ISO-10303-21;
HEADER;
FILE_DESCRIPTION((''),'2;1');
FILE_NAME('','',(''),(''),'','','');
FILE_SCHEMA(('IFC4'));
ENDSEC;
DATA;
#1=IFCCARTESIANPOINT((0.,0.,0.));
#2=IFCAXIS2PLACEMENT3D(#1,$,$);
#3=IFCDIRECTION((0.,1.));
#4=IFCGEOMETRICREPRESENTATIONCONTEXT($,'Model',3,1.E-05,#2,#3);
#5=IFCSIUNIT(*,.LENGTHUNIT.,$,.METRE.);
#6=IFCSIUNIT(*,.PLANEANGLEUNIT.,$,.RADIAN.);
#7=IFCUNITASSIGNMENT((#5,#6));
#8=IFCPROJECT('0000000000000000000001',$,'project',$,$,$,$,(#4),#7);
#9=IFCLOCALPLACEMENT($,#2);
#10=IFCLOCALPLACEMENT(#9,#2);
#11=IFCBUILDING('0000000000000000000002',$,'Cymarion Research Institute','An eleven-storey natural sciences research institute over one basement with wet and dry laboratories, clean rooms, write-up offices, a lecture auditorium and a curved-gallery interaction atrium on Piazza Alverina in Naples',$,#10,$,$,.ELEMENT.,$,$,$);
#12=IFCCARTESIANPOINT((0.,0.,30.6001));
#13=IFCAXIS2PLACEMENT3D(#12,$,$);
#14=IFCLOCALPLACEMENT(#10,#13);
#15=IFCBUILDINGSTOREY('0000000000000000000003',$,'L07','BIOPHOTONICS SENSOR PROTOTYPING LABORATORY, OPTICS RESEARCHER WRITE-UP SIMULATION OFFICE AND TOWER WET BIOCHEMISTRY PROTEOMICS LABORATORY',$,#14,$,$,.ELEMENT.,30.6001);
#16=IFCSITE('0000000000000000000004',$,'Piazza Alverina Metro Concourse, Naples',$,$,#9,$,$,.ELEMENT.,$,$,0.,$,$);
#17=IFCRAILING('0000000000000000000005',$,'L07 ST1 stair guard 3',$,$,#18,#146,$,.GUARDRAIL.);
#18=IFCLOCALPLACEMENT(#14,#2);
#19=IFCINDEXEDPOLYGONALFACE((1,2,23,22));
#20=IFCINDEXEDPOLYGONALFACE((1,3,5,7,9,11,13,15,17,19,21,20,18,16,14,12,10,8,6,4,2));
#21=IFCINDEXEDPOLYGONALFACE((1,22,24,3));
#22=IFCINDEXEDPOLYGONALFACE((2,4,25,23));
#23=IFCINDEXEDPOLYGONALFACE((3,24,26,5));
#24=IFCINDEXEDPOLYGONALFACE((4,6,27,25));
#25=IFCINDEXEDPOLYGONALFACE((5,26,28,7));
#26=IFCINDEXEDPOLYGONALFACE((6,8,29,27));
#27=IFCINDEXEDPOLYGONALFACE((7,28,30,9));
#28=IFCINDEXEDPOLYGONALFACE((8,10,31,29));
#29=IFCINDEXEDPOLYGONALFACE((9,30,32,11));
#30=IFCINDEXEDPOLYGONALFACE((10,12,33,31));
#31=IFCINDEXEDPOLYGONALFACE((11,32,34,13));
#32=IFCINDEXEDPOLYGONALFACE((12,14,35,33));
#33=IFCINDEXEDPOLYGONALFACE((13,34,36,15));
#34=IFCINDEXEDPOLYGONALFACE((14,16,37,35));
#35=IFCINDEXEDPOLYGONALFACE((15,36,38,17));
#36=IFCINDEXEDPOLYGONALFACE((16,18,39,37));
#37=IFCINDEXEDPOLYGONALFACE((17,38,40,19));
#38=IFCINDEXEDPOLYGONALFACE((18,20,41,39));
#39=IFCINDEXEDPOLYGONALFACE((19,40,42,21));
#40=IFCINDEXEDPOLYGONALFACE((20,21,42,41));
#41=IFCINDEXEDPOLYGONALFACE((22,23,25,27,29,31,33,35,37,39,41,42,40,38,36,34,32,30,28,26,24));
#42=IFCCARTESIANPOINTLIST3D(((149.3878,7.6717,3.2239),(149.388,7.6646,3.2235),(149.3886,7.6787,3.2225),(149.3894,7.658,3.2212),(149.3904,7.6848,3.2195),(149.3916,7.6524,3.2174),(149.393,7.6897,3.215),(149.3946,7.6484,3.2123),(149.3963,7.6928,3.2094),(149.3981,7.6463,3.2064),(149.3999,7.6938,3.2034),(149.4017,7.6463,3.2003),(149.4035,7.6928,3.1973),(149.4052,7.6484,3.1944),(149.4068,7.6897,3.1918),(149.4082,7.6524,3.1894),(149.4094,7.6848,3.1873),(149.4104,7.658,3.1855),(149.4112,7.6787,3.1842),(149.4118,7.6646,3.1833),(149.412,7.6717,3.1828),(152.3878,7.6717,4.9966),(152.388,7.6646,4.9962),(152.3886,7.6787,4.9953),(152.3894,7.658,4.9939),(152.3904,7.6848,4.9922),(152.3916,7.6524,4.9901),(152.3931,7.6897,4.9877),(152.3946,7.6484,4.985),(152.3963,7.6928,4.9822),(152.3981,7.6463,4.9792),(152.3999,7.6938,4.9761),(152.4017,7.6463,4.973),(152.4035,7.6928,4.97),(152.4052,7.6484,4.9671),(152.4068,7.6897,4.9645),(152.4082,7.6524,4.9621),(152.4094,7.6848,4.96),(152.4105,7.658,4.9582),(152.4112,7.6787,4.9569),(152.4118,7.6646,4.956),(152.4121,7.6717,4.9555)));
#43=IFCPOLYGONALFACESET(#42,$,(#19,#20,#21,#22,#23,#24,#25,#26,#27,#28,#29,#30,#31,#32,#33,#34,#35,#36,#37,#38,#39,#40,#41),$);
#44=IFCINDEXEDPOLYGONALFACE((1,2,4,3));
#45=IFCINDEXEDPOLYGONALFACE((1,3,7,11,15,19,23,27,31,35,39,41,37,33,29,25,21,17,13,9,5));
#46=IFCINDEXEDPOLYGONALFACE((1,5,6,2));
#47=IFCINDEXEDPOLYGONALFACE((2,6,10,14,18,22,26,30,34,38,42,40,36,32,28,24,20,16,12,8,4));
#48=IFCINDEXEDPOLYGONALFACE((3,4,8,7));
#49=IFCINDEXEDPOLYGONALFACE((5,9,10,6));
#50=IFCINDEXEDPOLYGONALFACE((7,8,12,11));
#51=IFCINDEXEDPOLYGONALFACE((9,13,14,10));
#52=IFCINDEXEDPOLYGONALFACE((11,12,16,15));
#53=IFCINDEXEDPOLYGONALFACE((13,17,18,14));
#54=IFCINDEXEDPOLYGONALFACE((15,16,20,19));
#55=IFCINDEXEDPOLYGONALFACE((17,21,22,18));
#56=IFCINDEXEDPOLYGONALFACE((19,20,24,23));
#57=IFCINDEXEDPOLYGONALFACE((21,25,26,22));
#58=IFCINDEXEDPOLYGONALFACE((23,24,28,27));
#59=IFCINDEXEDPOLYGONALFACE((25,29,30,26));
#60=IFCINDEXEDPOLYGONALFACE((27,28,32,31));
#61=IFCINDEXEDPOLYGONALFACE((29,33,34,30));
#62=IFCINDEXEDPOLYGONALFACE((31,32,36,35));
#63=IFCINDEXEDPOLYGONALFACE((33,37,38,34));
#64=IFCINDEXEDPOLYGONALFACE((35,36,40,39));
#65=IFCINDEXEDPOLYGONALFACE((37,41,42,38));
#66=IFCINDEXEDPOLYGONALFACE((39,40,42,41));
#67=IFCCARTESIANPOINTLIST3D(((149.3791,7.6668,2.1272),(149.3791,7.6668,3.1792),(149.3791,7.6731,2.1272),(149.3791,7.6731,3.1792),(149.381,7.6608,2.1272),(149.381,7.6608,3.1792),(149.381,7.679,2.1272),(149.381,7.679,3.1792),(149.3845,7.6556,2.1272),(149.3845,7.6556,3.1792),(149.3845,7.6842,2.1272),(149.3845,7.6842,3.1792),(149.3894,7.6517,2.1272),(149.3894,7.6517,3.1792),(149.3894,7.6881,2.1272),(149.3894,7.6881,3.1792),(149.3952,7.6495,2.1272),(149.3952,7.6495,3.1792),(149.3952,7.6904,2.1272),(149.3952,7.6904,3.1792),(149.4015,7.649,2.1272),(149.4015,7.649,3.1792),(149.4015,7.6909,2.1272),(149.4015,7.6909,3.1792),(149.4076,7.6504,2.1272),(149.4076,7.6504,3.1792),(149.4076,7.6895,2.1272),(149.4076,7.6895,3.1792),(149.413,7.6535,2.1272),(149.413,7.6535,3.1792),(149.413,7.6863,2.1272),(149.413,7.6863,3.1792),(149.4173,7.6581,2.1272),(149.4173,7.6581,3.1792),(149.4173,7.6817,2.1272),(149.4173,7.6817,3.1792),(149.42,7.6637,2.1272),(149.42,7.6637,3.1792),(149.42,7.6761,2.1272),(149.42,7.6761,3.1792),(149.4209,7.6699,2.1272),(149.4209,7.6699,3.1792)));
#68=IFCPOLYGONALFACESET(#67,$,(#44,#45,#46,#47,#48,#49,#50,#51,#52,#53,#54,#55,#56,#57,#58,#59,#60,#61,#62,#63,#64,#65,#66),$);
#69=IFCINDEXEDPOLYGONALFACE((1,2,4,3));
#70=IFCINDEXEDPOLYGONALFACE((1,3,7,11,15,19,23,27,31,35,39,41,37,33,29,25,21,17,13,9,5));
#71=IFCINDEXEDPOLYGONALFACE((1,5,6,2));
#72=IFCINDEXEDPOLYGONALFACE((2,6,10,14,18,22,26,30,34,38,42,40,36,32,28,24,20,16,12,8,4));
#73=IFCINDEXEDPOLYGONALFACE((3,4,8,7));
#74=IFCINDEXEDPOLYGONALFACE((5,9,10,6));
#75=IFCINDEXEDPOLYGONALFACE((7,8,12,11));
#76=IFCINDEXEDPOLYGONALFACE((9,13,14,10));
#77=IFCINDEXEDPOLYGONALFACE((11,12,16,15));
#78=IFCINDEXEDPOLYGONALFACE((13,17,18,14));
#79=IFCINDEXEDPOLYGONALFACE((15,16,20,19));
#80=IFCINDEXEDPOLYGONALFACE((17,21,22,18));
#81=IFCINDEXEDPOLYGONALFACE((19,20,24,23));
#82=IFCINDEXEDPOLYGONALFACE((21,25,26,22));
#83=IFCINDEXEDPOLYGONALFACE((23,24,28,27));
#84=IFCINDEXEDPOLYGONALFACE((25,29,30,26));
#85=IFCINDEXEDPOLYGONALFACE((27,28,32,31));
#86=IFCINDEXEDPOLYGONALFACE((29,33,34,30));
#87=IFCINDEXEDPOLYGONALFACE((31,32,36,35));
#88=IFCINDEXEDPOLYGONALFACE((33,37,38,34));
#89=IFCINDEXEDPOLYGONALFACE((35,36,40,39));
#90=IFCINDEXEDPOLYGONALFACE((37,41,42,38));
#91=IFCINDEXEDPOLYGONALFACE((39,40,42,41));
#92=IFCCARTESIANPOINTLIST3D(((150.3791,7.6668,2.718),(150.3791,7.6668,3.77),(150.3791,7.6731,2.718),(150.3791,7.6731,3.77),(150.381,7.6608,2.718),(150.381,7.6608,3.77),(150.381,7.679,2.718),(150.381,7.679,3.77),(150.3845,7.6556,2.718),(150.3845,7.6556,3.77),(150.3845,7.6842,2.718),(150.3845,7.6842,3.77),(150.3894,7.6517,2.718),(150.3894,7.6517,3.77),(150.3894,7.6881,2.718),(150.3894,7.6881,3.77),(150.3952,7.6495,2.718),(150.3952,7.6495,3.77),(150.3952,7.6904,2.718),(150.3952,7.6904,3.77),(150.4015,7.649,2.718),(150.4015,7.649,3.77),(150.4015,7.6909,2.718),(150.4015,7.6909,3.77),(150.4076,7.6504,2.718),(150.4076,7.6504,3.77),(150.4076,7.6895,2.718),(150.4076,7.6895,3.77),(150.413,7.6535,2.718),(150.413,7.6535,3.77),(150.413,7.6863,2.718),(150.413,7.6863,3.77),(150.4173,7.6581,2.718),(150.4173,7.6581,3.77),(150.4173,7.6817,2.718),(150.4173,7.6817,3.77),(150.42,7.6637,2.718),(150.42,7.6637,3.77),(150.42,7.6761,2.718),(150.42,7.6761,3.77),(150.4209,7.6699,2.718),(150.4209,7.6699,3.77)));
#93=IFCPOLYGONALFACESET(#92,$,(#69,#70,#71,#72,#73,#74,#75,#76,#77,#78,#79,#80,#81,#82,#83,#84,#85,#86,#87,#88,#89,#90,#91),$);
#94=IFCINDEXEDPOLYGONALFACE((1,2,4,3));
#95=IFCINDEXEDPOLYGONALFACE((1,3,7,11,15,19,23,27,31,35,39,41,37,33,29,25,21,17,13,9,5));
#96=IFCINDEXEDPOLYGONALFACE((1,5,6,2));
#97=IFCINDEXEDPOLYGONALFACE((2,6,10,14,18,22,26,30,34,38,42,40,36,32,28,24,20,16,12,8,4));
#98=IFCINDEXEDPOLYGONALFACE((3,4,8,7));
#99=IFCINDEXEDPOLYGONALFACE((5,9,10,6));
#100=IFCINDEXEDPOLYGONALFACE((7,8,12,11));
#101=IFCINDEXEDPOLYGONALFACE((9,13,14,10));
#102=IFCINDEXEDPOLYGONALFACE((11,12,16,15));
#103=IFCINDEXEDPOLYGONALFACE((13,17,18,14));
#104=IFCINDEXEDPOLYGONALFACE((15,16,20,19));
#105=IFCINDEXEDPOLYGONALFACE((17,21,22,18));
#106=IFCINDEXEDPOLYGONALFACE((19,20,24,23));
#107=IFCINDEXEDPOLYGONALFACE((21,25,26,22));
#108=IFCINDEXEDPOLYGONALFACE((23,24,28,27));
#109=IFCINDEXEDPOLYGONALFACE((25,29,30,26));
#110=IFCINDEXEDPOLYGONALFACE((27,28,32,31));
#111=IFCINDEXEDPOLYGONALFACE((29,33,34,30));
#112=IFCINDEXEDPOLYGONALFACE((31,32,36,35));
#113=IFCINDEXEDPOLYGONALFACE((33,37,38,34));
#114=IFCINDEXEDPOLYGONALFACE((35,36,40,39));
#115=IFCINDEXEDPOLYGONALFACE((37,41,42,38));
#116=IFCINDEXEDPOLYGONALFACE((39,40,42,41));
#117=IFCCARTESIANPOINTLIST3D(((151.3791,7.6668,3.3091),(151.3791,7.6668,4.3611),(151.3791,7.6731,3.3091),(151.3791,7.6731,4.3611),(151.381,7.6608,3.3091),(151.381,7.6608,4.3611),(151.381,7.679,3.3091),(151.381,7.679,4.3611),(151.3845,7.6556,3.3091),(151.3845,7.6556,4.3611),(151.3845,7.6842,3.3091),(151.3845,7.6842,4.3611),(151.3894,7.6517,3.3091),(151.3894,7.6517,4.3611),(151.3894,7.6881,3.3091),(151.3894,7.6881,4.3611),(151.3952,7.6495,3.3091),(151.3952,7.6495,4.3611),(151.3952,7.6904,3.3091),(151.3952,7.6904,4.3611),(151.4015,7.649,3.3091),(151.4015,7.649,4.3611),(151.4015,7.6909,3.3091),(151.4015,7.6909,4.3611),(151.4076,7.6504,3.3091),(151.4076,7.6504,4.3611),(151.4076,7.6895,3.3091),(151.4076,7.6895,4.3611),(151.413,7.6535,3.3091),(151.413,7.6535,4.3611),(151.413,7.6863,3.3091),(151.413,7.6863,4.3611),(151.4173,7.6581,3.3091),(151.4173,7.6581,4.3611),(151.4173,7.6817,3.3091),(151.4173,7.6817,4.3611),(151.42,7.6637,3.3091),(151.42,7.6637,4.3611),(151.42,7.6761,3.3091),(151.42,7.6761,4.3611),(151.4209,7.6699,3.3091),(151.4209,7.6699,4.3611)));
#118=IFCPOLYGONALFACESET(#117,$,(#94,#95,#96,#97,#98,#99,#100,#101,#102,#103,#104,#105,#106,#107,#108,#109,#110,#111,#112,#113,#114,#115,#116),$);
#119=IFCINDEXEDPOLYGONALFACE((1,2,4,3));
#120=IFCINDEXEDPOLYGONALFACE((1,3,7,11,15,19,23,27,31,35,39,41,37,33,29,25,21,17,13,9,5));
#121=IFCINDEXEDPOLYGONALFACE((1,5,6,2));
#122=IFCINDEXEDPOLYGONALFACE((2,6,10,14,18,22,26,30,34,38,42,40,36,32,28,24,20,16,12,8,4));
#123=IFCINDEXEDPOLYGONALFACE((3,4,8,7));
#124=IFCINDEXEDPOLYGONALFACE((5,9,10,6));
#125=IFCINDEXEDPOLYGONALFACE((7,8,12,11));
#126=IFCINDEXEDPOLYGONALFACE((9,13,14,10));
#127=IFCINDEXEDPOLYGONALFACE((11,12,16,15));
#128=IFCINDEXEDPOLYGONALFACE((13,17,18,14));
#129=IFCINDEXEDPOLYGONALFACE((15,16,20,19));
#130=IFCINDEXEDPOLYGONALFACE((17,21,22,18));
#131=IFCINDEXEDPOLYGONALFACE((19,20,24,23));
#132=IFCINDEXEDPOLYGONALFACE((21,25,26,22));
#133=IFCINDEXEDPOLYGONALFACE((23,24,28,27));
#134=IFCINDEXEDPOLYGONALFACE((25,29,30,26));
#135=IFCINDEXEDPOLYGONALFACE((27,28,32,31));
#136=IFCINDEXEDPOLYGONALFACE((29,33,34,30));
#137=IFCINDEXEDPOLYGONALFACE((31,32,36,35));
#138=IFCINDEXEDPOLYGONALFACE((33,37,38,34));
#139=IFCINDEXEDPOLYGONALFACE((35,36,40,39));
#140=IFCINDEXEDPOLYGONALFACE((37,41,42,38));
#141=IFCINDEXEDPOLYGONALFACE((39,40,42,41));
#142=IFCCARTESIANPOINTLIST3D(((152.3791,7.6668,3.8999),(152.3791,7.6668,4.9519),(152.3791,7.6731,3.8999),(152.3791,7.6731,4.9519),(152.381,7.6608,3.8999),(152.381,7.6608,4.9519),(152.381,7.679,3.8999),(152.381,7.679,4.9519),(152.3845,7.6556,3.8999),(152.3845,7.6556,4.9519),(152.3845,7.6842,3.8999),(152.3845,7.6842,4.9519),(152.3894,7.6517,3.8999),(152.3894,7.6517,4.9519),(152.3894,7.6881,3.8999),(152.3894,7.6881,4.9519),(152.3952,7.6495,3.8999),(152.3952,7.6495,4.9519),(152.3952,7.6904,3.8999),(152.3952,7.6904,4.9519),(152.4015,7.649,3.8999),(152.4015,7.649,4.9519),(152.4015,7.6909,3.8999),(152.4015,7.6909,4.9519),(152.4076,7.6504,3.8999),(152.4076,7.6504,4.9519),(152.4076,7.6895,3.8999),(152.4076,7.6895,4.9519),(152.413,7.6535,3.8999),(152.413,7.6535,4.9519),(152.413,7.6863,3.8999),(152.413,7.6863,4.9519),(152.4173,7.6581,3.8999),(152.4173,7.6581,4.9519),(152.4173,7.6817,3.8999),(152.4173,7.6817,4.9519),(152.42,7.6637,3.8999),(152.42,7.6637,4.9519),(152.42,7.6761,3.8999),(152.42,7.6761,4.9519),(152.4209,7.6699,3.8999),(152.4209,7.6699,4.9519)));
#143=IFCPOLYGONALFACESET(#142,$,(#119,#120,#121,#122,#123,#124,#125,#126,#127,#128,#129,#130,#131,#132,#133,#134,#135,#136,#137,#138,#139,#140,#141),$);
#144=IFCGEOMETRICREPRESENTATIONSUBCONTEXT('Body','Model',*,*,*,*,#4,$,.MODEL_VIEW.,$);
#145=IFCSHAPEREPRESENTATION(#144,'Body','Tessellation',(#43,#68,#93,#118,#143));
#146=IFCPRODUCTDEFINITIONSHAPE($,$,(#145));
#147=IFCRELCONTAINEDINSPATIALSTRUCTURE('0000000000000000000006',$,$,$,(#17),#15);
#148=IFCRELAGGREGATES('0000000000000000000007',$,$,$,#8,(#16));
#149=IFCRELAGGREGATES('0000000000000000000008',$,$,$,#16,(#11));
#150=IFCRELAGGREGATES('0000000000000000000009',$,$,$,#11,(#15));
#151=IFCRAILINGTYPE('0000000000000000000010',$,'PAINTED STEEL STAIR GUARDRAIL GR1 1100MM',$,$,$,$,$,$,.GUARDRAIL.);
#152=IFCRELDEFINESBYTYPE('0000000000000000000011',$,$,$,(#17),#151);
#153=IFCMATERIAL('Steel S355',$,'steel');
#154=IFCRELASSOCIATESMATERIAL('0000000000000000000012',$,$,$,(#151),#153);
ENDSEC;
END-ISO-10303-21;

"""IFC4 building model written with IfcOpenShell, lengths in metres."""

from ifc_helpers import new_model, si_unit, direction, frame, origin, origin_2d, place, context, subcontext, project, spatial, circle, extrude, material, type_object, element, save


model = new_model("IFC4")

# Units and contexts
model_context = context("Model", 3, precision=1e-05, world=origin(), true_north=direction((0.0, 1.0)))
body_context = subcontext(model_context, "Body", "Model", "MODEL_VIEW")
ifc_project = project(units=[si_unit("LENGTHUNIT", "METRE"), si_unit("PLANEANGLEUNIT", "RADIAN")], contexts=[model_context])

# Site, building, storey
site_placement = place(None, origin())
site = spatial("IfcSite", under=ifc_project, at=site_placement, Name="Piazza Alverina Metro Concourse, Naples", CompositionType="ELEMENT", RefElevation=0.0)
building_placement = place(site_placement, origin())
building = spatial("IfcBuilding", under=site, at=building_placement, Name="Cymarion Research Institute", Description="An eleven-storey natural sciences research institute over one basement with wet and dry laboratories, clean rooms, write-up offices, a lecture auditorium and a curved-gallery interaction atrium on Piazza Alverina in Naples", CompositionType="ELEMENT")
storey_placement = place(building_placement, frame((0.0, 0.0, 30.6001)))
storey = spatial("IfcBuildingStorey", under=building, at=storey_placement, Name="L07", Description="BIOPHOTONICS SENSOR PROTOTYPING LABORATORY, OPTICS RESEARCHER WRITE-UP SIMULATION OFFICE AND TOWER WET BIOCHEMISTRY PROTEOMICS LABORATORY", CompositionType="ELEMENT", Elevation=30.6001)

# Shared definitions
ifc_material_1 = material(Name="Steel S355", Category="steel")

# Railing
railing_type_1 = type_object("IfcRailingType", Name="PAINTED STEEL STAIR GUARDRAIL GR1 1100MM", PredefinedType="GUARDRAIL", material=ifc_material_1)
railing_1_placement = place(storey_placement, frame((149.3999, 7.6699, 2.1272)))
element("IfcRailing", 1, at=railing_1_placement, inside=storey, type_object=railing_type_1, Name="L07 ST1 stair guard 3", PredefinedType="GUARDRAIL", context=body_context, shape_type="SweptSolid", body=[
    extrude(circle(Radius=0.0239, at=origin_2d()), frame((0.0, 0.0, 1.0762), z_axis=(0.860929, 0.0, 0.508725), x_axis=(0.0, 1.0, 0.0)), (0.0, 0.0, 1.0), 3.4846),
    extrude(circle(Radius=0.021, at=origin_2d()), origin(), (0.0, 0.0, 1.0), 1.052),
    extrude(circle(Radius=0.021, at=origin_2d()), frame((1.0, 0.0, 0.5908)), (0.0, 0.0, 1.0), 1.052),
    extrude(circle(Radius=0.021, at=origin_2d()), frame((2.0, 0.0, 1.1819)), (0.0, 0.0, 1.0), 1.052),
    extrude(circle(Radius=0.021, at=origin_2d()), frame((3.0, 0.0, 1.7727)), (0.0, 0.0, 1.0), 1.052),
])

save(model, "model.ifc")
